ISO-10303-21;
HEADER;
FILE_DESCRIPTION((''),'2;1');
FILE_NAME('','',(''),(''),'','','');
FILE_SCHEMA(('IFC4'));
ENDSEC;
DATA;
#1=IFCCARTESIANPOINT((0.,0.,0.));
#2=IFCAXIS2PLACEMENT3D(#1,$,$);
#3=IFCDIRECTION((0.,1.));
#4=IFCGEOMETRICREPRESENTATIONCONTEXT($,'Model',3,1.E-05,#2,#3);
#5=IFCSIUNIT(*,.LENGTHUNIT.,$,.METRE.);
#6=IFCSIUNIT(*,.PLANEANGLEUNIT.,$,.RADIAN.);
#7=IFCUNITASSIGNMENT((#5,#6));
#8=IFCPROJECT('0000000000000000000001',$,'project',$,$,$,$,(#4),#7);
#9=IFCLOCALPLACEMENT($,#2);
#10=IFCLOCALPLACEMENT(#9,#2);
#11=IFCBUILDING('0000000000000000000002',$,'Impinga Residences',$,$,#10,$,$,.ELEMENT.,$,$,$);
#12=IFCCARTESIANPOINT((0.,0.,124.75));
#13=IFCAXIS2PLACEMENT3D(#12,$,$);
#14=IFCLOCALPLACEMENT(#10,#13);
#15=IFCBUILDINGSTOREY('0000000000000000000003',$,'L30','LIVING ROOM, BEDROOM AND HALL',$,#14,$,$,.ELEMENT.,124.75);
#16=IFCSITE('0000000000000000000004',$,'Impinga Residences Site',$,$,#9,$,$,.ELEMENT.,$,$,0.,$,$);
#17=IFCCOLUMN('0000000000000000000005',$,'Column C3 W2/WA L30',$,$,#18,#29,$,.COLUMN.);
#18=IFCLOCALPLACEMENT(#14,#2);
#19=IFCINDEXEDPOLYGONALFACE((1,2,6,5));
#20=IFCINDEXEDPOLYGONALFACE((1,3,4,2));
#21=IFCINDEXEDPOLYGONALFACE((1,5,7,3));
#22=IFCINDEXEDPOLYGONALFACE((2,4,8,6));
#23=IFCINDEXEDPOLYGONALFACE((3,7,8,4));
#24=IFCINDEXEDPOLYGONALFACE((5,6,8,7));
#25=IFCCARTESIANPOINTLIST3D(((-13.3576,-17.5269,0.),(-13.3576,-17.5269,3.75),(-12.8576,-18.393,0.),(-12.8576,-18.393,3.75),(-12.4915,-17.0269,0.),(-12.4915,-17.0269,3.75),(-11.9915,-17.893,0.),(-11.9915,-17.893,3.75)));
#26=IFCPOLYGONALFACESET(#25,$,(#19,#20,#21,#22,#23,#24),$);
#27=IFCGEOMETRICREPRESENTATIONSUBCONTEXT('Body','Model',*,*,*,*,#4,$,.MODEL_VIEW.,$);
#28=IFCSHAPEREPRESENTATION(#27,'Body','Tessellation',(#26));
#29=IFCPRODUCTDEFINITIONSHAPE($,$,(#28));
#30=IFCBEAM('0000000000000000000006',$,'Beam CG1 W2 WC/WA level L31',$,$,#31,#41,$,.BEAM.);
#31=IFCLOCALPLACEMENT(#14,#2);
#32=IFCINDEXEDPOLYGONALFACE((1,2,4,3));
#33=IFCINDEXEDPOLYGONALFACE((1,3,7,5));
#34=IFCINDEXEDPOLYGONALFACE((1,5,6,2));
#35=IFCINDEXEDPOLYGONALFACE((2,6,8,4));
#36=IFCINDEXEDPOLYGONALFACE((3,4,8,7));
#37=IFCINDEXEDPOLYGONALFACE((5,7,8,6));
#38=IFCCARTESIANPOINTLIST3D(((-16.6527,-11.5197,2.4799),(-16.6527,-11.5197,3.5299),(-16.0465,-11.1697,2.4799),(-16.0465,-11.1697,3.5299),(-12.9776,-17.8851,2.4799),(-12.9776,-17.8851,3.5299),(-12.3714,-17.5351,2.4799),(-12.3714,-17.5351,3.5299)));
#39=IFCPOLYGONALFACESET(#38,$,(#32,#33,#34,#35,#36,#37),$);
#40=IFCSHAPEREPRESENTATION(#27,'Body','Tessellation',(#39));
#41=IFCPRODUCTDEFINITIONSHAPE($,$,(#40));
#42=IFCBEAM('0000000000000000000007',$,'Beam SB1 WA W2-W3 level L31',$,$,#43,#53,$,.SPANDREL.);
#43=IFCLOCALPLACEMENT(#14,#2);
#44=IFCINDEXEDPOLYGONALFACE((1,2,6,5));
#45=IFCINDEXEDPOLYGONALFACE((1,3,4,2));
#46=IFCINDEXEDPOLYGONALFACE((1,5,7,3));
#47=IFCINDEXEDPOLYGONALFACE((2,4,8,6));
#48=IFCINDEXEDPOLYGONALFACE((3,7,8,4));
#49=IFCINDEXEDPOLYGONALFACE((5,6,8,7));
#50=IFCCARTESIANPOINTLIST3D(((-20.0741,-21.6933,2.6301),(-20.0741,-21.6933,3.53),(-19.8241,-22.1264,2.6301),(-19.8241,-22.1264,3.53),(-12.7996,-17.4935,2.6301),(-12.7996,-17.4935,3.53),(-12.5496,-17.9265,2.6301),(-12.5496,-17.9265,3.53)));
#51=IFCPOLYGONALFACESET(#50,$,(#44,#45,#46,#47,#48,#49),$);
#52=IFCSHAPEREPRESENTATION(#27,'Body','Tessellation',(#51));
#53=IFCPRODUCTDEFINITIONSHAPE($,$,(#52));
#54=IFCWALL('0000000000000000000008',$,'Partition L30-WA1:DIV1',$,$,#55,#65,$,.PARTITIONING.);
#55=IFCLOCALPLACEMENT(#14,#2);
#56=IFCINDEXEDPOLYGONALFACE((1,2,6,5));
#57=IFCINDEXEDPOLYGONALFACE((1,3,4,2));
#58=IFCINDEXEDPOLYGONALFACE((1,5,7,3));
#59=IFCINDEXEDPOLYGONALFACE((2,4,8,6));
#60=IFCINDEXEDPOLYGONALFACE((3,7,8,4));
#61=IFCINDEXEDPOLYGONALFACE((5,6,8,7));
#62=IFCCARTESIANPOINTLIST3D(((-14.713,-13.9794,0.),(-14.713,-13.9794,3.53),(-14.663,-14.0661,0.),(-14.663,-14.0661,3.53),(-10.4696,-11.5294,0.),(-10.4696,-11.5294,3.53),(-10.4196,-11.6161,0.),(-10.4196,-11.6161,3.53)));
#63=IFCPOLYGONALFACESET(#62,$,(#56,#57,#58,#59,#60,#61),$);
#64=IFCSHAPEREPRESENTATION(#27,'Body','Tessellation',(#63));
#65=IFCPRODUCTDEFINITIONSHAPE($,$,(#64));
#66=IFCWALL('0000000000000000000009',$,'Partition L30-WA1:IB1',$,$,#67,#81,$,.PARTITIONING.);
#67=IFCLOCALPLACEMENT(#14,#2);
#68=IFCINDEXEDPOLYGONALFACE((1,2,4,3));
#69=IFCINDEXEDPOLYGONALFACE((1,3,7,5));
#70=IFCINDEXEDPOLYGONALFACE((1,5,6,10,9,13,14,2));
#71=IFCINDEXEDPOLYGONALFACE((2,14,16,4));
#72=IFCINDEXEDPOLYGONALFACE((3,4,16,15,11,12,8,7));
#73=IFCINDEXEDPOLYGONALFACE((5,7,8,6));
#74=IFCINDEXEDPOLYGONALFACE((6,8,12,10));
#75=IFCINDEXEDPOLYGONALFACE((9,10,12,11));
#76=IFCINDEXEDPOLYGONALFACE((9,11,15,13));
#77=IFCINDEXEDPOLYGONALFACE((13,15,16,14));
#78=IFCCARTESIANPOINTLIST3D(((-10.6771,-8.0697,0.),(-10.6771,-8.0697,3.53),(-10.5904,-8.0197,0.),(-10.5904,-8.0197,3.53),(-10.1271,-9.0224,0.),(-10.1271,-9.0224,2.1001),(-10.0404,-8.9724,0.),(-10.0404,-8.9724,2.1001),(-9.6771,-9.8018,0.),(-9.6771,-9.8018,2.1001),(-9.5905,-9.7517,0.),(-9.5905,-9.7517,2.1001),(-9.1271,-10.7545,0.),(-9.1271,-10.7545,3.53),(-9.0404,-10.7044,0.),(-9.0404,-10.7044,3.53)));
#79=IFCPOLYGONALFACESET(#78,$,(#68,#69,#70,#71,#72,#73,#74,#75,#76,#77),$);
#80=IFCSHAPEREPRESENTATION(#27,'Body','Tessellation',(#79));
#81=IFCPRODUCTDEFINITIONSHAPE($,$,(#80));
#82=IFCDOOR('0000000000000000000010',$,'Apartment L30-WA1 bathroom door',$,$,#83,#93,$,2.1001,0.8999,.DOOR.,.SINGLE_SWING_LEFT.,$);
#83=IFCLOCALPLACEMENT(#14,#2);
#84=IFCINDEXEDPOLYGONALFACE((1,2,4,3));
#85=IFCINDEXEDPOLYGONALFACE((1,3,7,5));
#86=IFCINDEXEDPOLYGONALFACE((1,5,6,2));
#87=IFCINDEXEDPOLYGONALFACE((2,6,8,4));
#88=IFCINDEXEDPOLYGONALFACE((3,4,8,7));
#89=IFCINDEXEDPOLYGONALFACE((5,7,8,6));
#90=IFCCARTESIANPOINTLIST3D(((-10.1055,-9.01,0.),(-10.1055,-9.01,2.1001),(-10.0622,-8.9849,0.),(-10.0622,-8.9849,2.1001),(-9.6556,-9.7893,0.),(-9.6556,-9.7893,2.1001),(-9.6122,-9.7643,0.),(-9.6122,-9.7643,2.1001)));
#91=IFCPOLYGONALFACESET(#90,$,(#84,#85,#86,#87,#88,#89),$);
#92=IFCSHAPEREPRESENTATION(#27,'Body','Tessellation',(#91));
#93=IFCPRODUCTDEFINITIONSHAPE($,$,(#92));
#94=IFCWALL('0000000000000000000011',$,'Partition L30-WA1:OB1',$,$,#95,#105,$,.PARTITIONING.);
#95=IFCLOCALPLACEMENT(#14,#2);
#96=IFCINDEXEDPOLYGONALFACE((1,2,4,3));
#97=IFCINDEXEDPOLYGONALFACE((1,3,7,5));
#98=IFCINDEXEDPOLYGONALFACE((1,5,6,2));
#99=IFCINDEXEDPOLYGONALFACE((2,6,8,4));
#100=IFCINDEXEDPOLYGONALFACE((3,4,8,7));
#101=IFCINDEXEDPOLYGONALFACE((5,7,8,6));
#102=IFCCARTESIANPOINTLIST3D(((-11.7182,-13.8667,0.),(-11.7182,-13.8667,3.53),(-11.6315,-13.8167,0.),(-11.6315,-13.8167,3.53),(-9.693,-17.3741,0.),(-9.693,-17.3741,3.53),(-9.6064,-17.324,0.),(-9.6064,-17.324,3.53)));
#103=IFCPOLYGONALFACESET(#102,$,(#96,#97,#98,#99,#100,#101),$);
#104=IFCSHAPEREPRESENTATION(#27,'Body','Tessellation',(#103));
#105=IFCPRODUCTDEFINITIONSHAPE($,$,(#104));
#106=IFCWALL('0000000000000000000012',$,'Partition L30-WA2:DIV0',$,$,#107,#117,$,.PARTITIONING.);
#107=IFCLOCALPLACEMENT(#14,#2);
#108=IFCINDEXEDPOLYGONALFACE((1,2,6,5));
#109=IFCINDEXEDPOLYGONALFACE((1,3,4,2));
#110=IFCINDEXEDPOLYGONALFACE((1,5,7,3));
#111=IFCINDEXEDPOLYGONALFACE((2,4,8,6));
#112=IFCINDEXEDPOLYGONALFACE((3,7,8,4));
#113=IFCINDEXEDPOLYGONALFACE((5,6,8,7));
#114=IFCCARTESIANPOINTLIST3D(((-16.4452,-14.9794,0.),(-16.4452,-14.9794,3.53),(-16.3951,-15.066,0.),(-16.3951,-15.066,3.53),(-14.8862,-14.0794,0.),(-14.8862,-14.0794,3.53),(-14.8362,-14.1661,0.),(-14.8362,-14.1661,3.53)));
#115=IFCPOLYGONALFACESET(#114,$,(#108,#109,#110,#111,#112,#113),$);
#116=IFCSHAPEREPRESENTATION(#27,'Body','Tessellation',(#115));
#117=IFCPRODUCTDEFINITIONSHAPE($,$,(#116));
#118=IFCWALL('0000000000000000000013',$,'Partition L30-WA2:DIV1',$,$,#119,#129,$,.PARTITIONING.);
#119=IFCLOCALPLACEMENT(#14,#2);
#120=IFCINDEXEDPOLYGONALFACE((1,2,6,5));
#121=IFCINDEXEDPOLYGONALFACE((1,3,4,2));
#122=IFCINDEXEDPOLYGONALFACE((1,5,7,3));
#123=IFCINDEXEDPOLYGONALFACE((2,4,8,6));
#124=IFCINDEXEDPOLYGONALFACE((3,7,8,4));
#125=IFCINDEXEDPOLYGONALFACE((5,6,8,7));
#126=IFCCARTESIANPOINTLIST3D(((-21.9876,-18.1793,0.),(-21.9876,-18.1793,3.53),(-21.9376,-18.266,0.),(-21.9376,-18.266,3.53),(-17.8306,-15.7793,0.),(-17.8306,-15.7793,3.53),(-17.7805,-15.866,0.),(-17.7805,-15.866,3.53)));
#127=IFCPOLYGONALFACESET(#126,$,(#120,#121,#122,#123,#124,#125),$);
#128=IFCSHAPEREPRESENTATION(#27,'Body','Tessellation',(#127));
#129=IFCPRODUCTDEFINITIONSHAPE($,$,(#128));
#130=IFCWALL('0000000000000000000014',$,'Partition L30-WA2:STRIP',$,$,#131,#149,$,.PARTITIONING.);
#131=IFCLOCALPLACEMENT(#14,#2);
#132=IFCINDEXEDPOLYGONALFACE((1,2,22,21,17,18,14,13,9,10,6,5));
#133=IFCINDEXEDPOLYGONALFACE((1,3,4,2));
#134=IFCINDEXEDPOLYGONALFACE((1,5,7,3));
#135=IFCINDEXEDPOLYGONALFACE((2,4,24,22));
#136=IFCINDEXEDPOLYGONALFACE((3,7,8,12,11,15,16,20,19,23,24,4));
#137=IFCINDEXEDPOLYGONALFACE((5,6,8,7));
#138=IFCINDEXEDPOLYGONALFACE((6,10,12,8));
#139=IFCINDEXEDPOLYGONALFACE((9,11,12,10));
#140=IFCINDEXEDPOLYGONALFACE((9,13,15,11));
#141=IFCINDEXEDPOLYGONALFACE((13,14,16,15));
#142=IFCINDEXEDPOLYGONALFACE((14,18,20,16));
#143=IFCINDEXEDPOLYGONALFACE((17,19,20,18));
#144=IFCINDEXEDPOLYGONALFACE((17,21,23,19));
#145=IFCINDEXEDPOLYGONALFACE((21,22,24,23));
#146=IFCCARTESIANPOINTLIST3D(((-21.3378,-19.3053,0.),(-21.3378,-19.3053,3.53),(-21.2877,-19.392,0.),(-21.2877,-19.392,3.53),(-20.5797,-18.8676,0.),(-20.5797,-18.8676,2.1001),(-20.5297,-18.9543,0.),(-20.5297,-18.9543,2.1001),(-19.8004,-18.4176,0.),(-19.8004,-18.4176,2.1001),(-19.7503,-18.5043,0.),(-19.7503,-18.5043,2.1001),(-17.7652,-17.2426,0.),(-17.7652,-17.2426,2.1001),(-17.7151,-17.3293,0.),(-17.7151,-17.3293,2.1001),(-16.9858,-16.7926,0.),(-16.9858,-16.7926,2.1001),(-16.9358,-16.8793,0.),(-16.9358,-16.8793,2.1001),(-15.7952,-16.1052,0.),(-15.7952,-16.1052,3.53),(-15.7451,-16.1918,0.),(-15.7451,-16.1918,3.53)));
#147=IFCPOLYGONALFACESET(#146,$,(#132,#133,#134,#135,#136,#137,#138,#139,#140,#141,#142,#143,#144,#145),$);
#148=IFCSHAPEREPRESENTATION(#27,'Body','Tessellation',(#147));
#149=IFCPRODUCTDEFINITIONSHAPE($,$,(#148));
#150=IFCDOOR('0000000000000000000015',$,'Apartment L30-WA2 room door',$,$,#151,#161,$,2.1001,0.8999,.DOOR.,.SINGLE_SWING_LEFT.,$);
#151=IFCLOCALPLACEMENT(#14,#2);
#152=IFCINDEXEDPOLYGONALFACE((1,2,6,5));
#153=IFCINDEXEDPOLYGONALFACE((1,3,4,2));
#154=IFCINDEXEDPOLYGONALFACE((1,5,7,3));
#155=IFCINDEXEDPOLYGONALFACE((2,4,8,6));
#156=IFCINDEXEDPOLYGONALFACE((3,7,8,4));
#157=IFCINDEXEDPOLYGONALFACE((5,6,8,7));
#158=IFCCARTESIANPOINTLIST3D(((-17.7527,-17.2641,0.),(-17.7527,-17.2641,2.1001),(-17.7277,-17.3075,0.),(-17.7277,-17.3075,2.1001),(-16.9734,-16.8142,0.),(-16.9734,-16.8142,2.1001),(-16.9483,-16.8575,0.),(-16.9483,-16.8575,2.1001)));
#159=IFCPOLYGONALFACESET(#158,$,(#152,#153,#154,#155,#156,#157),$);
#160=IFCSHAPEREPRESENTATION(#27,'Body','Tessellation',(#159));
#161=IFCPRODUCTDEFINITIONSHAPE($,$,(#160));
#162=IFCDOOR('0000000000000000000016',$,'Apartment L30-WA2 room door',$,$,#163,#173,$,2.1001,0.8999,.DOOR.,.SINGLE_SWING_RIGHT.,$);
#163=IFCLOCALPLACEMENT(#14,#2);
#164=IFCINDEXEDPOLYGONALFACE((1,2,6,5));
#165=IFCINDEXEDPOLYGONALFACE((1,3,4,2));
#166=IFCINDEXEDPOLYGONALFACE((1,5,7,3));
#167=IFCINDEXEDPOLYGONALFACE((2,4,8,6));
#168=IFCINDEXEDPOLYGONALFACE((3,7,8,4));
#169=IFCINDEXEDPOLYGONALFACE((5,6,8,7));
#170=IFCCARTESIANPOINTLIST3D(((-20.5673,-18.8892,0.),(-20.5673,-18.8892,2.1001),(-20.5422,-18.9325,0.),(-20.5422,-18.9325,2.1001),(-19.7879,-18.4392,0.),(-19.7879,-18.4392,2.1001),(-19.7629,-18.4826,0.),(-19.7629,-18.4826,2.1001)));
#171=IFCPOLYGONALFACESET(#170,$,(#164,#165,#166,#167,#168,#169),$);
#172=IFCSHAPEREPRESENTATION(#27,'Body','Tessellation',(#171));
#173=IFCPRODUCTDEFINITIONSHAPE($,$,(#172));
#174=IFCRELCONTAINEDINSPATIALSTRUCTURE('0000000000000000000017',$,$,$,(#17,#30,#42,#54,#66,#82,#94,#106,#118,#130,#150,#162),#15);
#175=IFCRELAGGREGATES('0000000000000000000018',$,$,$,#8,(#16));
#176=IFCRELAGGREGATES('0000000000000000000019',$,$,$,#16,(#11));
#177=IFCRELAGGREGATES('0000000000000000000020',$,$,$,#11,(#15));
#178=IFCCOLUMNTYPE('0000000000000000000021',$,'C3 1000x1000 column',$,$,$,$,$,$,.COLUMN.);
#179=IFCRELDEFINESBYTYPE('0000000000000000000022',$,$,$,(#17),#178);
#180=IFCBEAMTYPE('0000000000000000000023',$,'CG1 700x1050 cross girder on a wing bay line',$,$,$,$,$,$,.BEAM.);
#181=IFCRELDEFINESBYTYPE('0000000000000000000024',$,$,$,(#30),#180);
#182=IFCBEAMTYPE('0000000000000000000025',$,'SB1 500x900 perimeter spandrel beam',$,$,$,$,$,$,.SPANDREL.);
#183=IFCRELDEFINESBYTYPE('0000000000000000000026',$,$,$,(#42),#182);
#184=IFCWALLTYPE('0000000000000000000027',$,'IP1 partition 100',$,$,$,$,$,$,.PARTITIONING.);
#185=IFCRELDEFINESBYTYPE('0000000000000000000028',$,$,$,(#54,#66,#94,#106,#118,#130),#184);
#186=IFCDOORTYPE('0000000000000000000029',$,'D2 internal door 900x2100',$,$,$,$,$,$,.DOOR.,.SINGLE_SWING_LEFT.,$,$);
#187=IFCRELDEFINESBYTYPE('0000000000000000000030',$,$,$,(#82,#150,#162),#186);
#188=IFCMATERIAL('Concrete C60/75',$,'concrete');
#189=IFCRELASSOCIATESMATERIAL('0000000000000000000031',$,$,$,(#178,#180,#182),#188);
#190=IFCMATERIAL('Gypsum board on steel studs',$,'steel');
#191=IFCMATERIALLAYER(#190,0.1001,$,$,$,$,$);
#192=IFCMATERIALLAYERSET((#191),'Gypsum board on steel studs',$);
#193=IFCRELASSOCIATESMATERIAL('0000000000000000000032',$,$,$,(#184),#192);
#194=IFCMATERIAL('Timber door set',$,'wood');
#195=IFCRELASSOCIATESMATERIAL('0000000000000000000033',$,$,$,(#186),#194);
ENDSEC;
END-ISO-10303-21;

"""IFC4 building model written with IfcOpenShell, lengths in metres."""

from ifc_helpers import new_model, si_unit, direction, frame, frame_2d, origin, origin_2d, place, context, subcontext, project, spatial, rectangle, extrude, material, layer, layer_set, material_profile, profile_set, type_object, element, fill, save


model = new_model("IFC4")

# Units and contexts
model_context = context("Model", 3, precision=1e-05, world=origin(), true_north=direction((0.0, 1.0)))
body_context = subcontext(model_context, "Body", "Model", "MODEL_VIEW")
ifc_project = project(units=[si_unit("LENGTHUNIT", "METRE"), si_unit("PLANEANGLEUNIT", "RADIAN")], contexts=[model_context])

# Site, building, storey
site_placement = place(None, origin())
site = spatial("IfcSite", under=ifc_project, at=site_placement, Name="Impinga Residences Site", CompositionType="ELEMENT", RefElevation=0.0)
building_placement = place(site_placement, origin())
building = spatial("IfcBuilding", under=site, at=building_placement, Name="Impinga Residences", CompositionType="ELEMENT")
storey_placement = place(building_placement, frame((0.0, 0.0, 124.75)))
storey = spatial("IfcBuildingStorey", under=building, at=storey_placement, Name="L30", Description="LIVING ROOM, BEDROOM AND HALL", CompositionType="ELEMENT", Elevation=124.75)

# Column
ifc_material_1 = material(Name="Concrete C60/75", Category="concrete")
ifc_material_profile_1 = material_profile(ifc_material_1, rectangle(XDim=1.0, YDim=1.0, at=origin_2d()), Name="RC 1000x1000")
ifc_profile_set_1 = profile_set([ifc_material_profile_1], Name="Concrete C60/75")
column_type = type_object("IfcColumnType", Name="C3 1000x1000 column", PredefinedType="COLUMN", material=ifc_profile_set_1)
column_placement = place(storey_placement, frame((-12.6746, -17.71, 0.0), z_axis=(0.0, 0.0, 1.0), x_axis=(-0.5, 0.866025, 0.0)))
element("IfcColumn", 1, at=column_placement, inside=storey, type_object=column_type, Name="Column C3 W2/WA L30", PredefinedType="COLUMN", context=body_context, shape_type="SweptSolid", body=[
    extrude(rectangle(XDim=1.0, YDim=1.0, at=origin_2d()), origin(), (0.0, 0.0, 1.0), 3.75),
])

# Beams
ifc_material_profile_2 = material_profile(ifc_material_1, rectangle(XDim=0.7, YDim=1.05, at=origin_2d()), Name="RC 700x1050")
ifc_profile_set_2 = profile_set([ifc_material_profile_2], Name="Concrete C60/75")
beam_type_1 = type_object("IfcBeamType", Name="CG1 700x1050 cross girder on a wing bay line", PredefinedType="BEAM", material=ifc_profile_set_2)
beam_1_placement = place(storey_placement, frame((-16.3496, -11.3447, 3.0049), z_axis=(0.500008, -0.866021, 0.0), x_axis=(0.866021, 0.500008, 0.0)))
element("IfcBeam", 2, at=beam_1_placement, inside=storey, type_object=beam_type_1, Name="Beam CG1 W2 WC/WA level L31", PredefinedType="BEAM", context=body_context, shape_type="SweptSolid", body=[
    extrude(rectangle(XDim=0.7, YDim=1.05, at=origin_2d()), origin(), (0.0, 0.0, 1.0), 7.3501),
])
ifc_material_profile_3 = material_profile(ifc_material_1, rectangle(XDim=0.5, YDim=0.8999, at=origin_2d()), Name="RC 500x900")
ifc_profile_set_3 = profile_set([ifc_material_profile_3], Name="Concrete C60/75")
beam_type_2 = type_object("IfcBeamType", Name="SB1 500x900 perimeter spandrel beam", PredefinedType="SPANDREL", material=ifc_profile_set_3)
beam_2_placement = place(storey_placement, frame((-12.6746, -17.71, 3.0801), z_axis=(-0.866029, -0.499993, 0.0), x_axis=(0.499993, -0.866029, 0.0)))
element("IfcBeam", 3, at=beam_2_placement, inside=storey, type_object=beam_type_2, Name="Beam SB1 WA W2-W3 level L31", PredefinedType="SPANDREL", context=body_context, shape_type="SweptSolid", body=[
    extrude(rectangle(XDim=0.5, YDim=0.8999, at=origin_2d()), origin(), (0.0, 0.0, 1.0), 8.3999),
])

# Wall
ifc_material_2 = material(Name="Gypsum board on steel studs", Category="steel")
ifc_layer_1 = layer(ifc_material_2, 0.1001)
ifc_layer_set_1 = layer_set([ifc_layer_1], Name="Gypsum board on steel studs")
wall_type_1 = type_object("IfcWallType", Name="IP1 partition 100", PredefinedType="PARTITIONING", material=ifc_layer_set_1)
wall_1_placement = place(storey_placement, frame((-10.4446, -11.5728, 0.0), z_axis=(0.0, 0.0, 1.0), x_axis=(-0.866024, -0.500003, 0.0)))
element("IfcWall", 4, at=wall_1_placement, inside=storey, type_object=wall_type_1, Name="Partition L30-WA1:DIV1", PredefinedType="PARTITIONING", context=body_context, shape_type="SweptSolid", body=[
    extrude(rectangle(XDim=4.8999, YDim=0.1001, at=frame_2d((2.45, 0.0))), origin(), (0.0, 0.0, 1.0), 3.53),
])

# Wall, opening, door
wall_2_placement = place(storey_placement, frame((-10.6338, -8.0447, 0.0), z_axis=(0.0, 0.0, 1.0), x_axis=(0.499993, -0.86603, 0.0)))
wall_2 = element("IfcWall", 5, at=wall_2_placement, inside=storey, type_object=wall_type_1, Name="Partition L30-WA1:IB1", PredefinedType="PARTITIONING", context=body_context, shape_type="SweptSolid", body=[
    extrude(rectangle(XDim=3.1001, YDim=0.1001, at=frame_2d((1.55, 0.0))), origin(), (0.0, 0.0, 1.0), 3.53),
])
opening_1_placement = place(wall_2_placement, frame((1.1001, 0.0, 0.0)))
opening_1 = element("IfcOpeningElement", 6, at=opening_1_placement, cuts=wall_2, PredefinedType="OPENING", context=body_context, shape_type="SweptSolid", body=[
    extrude(rectangle(XDim=0.8999, YDim=2.1001, at=frame_2d((0.45, 1.05))), frame((0.0, 0.0601, 0.0), z_axis=(0.0, -1.0, 0.0), x_axis=(1.0, 0.0, 0.0)), (0.0, 0.0, 1.0), 0.1201),
])
ifc_material_3 = material(Name="Timber door set", Category="wood")
door_type = type_object("IfcDoorType", Name="D2 internal door 900x2100", OperationType="SINGLE_SWING_LEFT", PredefinedType="DOOR", material=ifc_material_3)
door_1_placement = place(opening_1_placement, origin())
door_1 = element("IfcDoor", 7, at=door_1_placement, inside=storey, type_object=door_type, Name="Apartment L30-WA1 bathroom door", OperationType="SINGLE_SWING_LEFT", OverallHeight=2.1001, OverallWidth=0.8999, PredefinedType="DOOR", context=body_context, shape_type="SweptSolid", body=[
    extrude(rectangle(XDim=0.8999, YDim=2.1001, at=frame_2d((0.45, 1.05))), frame((0.0, 0.0249, 0.0), z_axis=(0.0, -1.0, 0.0), x_axis=(1.0, 0.0, 0.0)), (0.0, 0.0, 1.0), 0.05),
])
fill(opening_1, door_1)

# Walls
wall_3_placement = place(storey_placement, frame((-11.6748, -13.8418, 0.0), z_axis=(0.0, 0.0, 1.0), x_axis=(0.500036, -0.866005, 0.0)))
element("IfcWall", 8, at=wall_3_placement, inside=storey, type_object=wall_type_1, Name="Partition L30-WA1:OB1", PredefinedType="PARTITIONING", context=body_context, shape_type="SweptSolid", body=[
    extrude(rectangle(XDim=4.05, YDim=0.1001, at=frame_2d((2.0249, 0.0))), origin(), (0.0, 0.0, 1.0), 3.53),
])
wall_4_placement = place(storey_placement, frame((-14.8613, -14.1228, 0.0), z_axis=(0.0, 0.0, 1.0), x_axis=(-0.866048, -0.499961, 0.0)))
element("IfcWall", 9, at=wall_4_placement, inside=storey, type_object=wall_type_1, Name="Partition L30-WA2:DIV0", PredefinedType="PARTITIONING", context=body_context, shape_type="SweptSolid", body=[
    extrude(rectangle(XDim=1.8, YDim=0.1001, at=frame_2d((0.8999, 0.0))), origin(), (0.0, 0.0, 1.0), 3.53),
])
wall_5_placement = place(storey_placement, frame((-17.8057, -15.8228, 0.0), z_axis=(0.0, 0.0, 1.0), x_axis=(-0.866037, -0.499979, 0.0)))
element("IfcWall", 10, at=wall_5_placement, inside=storey, type_object=wall_type_1, Name="Partition L30-WA2:DIV1", PredefinedType="PARTITIONING", context=body_context, shape_type="SweptSolid", body=[
    extrude(rectangle(XDim=4.8, YDim=0.1001, at=frame_2d((2.3999, 0.0))), origin(), (0.0, 0.0, 1.0), 3.53),
])

# Wall, openings, doors
wall_6_placement = place(storey_placement, frame((-15.77, -16.1484, 0.0), z_axis=(0.0, 0.0, 1.0), x_axis=(-0.866019, -0.500012, 0.0)))
wall_6 = element("IfcWall", 11, at=wall_6_placement, inside=storey, type_object=wall_type_1, Name="Partition L30-WA2:STRIP", PredefinedType="PARTITIONING", context=body_context, shape_type="SweptSolid", body=[
    extrude(rectangle(XDim=6.4001, YDim=0.1001, at=frame_2d((3.2002, 0.0))), origin(), (0.0, 0.0, 1.0), 3.53),
])
opening_2_placement = place(wall_6_placement, frame((1.375, 0.0, 0.0)))
opening_2 = element("IfcOpeningElement", 12, at=opening_2_placement, cuts=wall_6, PredefinedType="OPENING", context=body_context, shape_type="SweptSolid", body=[
    extrude(rectangle(XDim=0.8999, YDim=2.1001, at=frame_2d((0.45, 1.05))), frame((0.0, 0.0601, 0.0), z_axis=(0.0, -1.0, 0.0), x_axis=(1.0, 0.0, 0.0)), (0.0, 0.0, 1.0), 0.1201),
])
opening_3_placement = place(wall_6_placement, frame((4.625, 0.0, 0.0)))
opening_3 = element("IfcOpeningElement", 13, at=opening_3_placement, cuts=wall_6, PredefinedType="OPENING", context=body_context, shape_type="SweptSolid", body=[
    extrude(rectangle(XDim=0.8999, YDim=2.1001, at=frame_2d((0.45, 1.05))), frame((0.0, 0.0601, 0.0), z_axis=(0.0, -1.0, 0.0), x_axis=(1.0, 0.0, 0.0)), (0.0, 0.0, 1.0), 0.1201),
])
door_2_placement = place(opening_2_placement, origin())
door_2 = element("IfcDoor", 14, at=door_2_placement, inside=storey, type_object=door_type, Name="Apartment L30-WA2 room door", OperationType="SINGLE_SWING_LEFT", OverallHeight=2.1001, OverallWidth=0.8999, PredefinedType="DOOR", context=body_context, shape_type="SweptSolid", body=[
    extrude(rectangle(XDim=0.8999, YDim=2.1001, at=frame_2d((0.45, 1.05))), frame((0.0, 0.0249, 0.0), z_axis=(0.0, -1.0, 0.0), x_axis=(1.0, 0.0, 0.0)), (0.0, 0.0, 1.0), 0.05),
])
fill(opening_2, door_2)
door_3_placement = place(opening_3_placement, origin())
door_3 = element("IfcDoor", 15, at=door_3_placement, inside=storey, type_object=door_type, Name="Apartment L30-WA2 room door", OperationType="SINGLE_SWING_RIGHT", OverallHeight=2.1001, OverallWidth=0.8999, PredefinedType="DOOR", context=body_context, shape_type="SweptSolid", body=[
    extrude(rectangle(XDim=0.8999, YDim=2.1001, at=frame_2d((0.45, 1.05))), frame((0.0, 0.0249, 0.0), z_axis=(0.0, -1.0, 0.0), x_axis=(1.0, 0.0, 0.0)), (0.0, 0.0, 1.0), 0.05),
])
fill(opening_3, door_3)

save(model, "model.ifc")
